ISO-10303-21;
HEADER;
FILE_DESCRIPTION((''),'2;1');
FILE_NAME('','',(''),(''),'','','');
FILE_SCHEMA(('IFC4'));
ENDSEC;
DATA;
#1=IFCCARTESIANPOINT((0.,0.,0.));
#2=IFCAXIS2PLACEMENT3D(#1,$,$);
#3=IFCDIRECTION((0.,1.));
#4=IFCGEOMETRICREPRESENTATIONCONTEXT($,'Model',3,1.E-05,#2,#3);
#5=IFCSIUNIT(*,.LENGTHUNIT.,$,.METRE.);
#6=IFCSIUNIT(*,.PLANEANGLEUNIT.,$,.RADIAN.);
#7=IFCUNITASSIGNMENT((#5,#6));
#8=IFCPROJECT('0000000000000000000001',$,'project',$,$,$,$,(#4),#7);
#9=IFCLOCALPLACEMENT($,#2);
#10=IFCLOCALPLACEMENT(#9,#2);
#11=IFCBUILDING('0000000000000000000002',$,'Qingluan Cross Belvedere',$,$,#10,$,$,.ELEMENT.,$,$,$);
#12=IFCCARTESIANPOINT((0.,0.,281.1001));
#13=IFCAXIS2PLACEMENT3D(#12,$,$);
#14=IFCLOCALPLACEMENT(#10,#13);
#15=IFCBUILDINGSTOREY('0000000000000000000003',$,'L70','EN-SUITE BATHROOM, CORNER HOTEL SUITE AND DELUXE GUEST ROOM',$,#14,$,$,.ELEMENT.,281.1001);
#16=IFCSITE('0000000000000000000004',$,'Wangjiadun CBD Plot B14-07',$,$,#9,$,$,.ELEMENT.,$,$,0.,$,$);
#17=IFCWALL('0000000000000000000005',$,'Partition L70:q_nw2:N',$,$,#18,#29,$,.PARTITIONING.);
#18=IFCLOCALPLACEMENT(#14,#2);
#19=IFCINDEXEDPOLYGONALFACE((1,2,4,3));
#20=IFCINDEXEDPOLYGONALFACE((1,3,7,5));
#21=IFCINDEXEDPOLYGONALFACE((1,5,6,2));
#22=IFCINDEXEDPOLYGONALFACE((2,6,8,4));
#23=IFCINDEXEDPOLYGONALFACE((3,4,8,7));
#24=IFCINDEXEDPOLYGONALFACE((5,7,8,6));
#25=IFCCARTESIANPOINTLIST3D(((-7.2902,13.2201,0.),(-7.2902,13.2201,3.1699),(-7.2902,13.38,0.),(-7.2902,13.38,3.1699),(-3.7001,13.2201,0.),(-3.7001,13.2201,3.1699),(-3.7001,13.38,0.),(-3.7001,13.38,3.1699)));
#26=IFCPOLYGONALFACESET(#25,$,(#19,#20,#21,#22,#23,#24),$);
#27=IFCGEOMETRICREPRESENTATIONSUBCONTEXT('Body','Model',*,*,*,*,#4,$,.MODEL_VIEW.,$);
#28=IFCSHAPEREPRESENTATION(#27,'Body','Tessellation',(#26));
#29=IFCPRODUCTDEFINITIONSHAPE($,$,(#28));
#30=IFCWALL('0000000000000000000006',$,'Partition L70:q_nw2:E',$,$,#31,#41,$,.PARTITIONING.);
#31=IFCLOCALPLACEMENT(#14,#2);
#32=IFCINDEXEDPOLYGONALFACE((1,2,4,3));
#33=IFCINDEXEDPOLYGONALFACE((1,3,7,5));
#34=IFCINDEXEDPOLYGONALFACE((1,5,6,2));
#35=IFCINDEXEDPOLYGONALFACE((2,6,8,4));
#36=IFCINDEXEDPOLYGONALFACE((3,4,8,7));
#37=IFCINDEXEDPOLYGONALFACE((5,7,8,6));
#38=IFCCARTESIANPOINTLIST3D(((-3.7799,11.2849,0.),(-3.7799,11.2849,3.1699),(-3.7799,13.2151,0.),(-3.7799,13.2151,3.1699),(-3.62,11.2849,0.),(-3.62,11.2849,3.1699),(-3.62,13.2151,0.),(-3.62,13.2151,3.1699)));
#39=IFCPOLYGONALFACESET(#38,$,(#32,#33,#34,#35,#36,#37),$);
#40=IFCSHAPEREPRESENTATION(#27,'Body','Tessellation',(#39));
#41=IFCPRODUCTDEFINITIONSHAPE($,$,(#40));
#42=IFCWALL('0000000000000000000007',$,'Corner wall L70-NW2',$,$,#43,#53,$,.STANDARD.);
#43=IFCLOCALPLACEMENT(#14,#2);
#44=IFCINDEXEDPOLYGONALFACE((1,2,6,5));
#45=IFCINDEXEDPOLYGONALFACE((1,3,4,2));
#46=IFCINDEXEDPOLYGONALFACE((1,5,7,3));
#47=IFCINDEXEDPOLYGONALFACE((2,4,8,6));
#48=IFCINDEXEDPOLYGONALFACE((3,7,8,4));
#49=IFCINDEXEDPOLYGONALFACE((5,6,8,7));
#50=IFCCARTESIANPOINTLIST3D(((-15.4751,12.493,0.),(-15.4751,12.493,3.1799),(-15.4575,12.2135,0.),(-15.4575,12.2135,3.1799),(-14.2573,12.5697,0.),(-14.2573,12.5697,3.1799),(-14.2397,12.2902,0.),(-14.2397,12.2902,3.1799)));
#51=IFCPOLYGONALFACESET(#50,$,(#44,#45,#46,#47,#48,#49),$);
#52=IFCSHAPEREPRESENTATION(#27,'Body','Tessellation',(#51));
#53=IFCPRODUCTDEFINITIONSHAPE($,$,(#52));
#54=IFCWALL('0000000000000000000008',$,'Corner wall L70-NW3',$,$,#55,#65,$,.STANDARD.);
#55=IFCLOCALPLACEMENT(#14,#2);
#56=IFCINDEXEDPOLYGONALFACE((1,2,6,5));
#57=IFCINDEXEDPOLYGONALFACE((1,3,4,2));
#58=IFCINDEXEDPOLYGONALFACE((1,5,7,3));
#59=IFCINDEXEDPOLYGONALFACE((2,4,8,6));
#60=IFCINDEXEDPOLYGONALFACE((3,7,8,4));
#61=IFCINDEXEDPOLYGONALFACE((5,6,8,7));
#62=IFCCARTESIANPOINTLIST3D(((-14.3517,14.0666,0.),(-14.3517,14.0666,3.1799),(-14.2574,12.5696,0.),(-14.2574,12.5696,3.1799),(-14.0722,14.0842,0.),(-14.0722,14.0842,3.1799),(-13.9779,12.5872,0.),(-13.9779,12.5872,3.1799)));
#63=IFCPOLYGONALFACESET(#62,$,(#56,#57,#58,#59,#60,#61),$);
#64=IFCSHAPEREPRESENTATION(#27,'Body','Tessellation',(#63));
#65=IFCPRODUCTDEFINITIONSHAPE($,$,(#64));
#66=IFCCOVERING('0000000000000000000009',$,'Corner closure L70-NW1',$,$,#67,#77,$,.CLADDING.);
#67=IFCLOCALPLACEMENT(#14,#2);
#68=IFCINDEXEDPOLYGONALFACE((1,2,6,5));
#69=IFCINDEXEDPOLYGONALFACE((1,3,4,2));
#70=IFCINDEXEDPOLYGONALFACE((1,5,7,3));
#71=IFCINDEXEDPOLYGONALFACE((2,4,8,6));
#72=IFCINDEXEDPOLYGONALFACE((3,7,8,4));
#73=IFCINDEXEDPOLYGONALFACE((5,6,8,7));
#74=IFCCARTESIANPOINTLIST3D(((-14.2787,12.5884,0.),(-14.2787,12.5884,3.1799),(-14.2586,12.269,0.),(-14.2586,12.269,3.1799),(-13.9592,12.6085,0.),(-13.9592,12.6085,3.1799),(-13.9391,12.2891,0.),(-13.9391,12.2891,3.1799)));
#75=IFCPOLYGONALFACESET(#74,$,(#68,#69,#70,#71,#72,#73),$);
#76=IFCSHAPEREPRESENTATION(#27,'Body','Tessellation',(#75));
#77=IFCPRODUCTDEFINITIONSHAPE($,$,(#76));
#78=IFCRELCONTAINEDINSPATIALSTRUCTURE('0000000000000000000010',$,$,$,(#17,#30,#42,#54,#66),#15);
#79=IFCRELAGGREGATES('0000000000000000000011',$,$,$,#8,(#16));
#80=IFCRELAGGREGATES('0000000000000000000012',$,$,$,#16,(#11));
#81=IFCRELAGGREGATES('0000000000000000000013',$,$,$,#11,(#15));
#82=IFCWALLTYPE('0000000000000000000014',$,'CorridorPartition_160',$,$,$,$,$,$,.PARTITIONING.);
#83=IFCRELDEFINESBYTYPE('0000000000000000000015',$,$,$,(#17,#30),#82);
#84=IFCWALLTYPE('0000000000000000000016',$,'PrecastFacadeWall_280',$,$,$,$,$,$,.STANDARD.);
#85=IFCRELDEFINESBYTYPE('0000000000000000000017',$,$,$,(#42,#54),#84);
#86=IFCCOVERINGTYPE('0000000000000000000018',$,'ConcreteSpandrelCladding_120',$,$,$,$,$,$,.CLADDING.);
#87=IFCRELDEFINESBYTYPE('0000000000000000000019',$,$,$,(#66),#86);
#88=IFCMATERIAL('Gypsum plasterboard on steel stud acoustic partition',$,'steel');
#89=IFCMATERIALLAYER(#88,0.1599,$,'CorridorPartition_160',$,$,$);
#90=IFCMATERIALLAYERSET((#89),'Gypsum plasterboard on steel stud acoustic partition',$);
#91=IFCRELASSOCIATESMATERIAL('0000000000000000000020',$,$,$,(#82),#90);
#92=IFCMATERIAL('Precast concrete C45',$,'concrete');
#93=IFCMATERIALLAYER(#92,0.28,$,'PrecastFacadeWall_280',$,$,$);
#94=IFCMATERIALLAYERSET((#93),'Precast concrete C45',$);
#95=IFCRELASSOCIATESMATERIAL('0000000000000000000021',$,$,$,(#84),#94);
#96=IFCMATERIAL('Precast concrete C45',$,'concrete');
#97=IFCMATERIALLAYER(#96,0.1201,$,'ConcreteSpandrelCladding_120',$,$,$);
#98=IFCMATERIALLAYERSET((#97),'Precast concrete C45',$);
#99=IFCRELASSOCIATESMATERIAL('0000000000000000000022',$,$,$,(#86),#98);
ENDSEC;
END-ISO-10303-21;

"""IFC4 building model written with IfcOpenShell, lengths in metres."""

from ifc_helpers import new_model, si_unit, direction, frame, frame_2d, origin, origin_2d, place, context, subcontext, project, spatial, rectangle, extrude, material, layer, layer_set, type_object, element, save


model = new_model("IFC4")

# Units and contexts
model_context = context("Model", 3, precision=1e-05, world=origin(), true_north=direction((0.0, 1.0)))
body_context = subcontext(model_context, "Body", "Model", "MODEL_VIEW")
ifc_project = project(units=[si_unit("LENGTHUNIT", "METRE"), si_unit("PLANEANGLEUNIT", "RADIAN")], contexts=[model_context])

# Site, building, storey
site_placement = place(None, origin())
site = spatial("IfcSite", under=ifc_project, at=site_placement, Name="Wangjiadun CBD Plot B14-07", CompositionType="ELEMENT", RefElevation=0.0)
building_placement = place(site_placement, origin())
building = spatial("IfcBuilding", under=site, at=building_placement, Name="Qingluan Cross Belvedere", CompositionType="ELEMENT")
storey_placement = place(building_placement, frame((0.0, 0.0, 281.1001)))
storey = spatial("IfcBuildingStorey", under=building, at=storey_placement, Name="L70", Description="EN-SUITE BATHROOM, CORNER HOTEL SUITE AND DELUXE GUEST ROOM", CompositionType="ELEMENT", Elevation=281.1001)

# Shared definitions
ifc_material_1 = material(Name="Gypsum plasterboard on steel stud acoustic partition", Category="steel")
ifc_layer_1 = layer(ifc_material_1, 0.1599, Name="CorridorPartition_160")
ifc_layer_set_1 = layer_set([ifc_layer_1], Name="Gypsum plasterboard on steel stud acoustic partition")
wall_type_1 = type_object("IfcWallType", Name="CorridorPartition_160", PredefinedType="PARTITIONING", material=ifc_layer_set_1)

# Walls
wall_1_placement = place(storey_placement, frame((-7.29, 13.3, 0.0), z_axis=(0.0, 0.0, 1.0), x_axis=(1.0, 0.0, 0.0)))
element("IfcWall", 1, at=wall_1_placement, inside=storey, type_object=wall_type_1, Name="Partition L70:q_nw2:N", PredefinedType="PARTITIONING", context=body_context, shape_type="SweptSolid", body=[
    extrude(rectangle(XDim=3.5901, YDim=0.1599, at=frame_2d((1.7949, 0.0))), origin(), (0.0, 0.0, 1.0), 3.1699),
])
wall_2_placement = place(storey_placement, frame((-3.7, 11.2849, 0.0), z_axis=(0.0, 0.0, 1.0), x_axis=(0.0, 1.0, 0.0)))
element("IfcWall", 2, at=wall_2_placement, inside=storey, type_object=wall_type_1, Name="Partition L70:q_nw2:E", PredefinedType="PARTITIONING", context=body_context, shape_type="SweptSolid", body=[
    extrude(rectangle(XDim=1.9302, YDim=0.1599, at=frame_2d((0.9651, 0.0))), origin(), (0.0, 0.0, 1.0), 3.1699),
])
ifc_material_2 = material(Name="Precast concrete C45", Category="concrete")
ifc_layer_2 = layer(ifc_material_2, 0.28, Name="PrecastFacadeWall_280")
ifc_layer_set_2 = layer_set([ifc_layer_2], Name="Precast concrete C45")
wall_type_2 = type_object("IfcWallType", Name="PrecastFacadeWall_280", PredefinedType="STANDARD", material=ifc_layer_set_2)
wall_3_placement = place(storey_placement, frame((-15.4663, 12.3533, 0.0), z_axis=(0.0, 0.0, 1.0), x_axis=(0.998024, 0.062827, 0.0)))
element("IfcWall", 3, at=wall_3_placement, inside=storey, type_object=wall_type_2, Name="Corner wall L70-NW2", PredefinedType="STANDARD", context=body_context, shape_type="SweptSolid", body=[
    extrude(rectangle(XDim=1.2202, YDim=0.28, at=frame_2d((0.6101, 0.0))), origin(), (0.0, 0.0, 1.0), 3.1799),
])
wall_4_placement = place(storey_placement, frame((-14.1177, 12.5784, 0.0), z_axis=(0.0, 0.0, 1.0), x_axis=(-0.062824, 0.998025, 0.0)))
element("IfcWall", 4, at=wall_4_placement, inside=storey, type_object=wall_type_2, Name="Corner wall L70-NW3", PredefinedType="STANDARD", context=body_context, shape_type="SweptSolid", body=[
    extrude(rectangle(XDim=1.5, YDim=0.28, at=frame_2d((0.75, 0.0))), origin(), (0.0, 0.0, 1.0), 3.1799),
])

# Covering
ifc_material_3 = material(Name="Precast concrete C45", Category="concrete")
ifc_layer_3 = layer(ifc_material_3, 0.1201, Name="ConcreteSpandrelCladding_120")
ifc_layer_set_3 = layer_set([ifc_layer_3], Name="Precast concrete C45")
covering_type = type_object("IfcCoveringType", Name="ConcreteSpandrelCladding_120", PredefinedType="CLADDING", material=ifc_layer_set_3)
covering_placement = place(storey_placement, frame((-14.1089, 12.4387, 0.0), z_axis=(0.0, 0.0, 1.0), x_axis=(0.998027, 0.062791, 0.0)))
element("IfcCovering", 5, at=covering_placement, inside=storey, type_object=covering_type, Name="Corner closure L70-NW1", PredefinedType="CLADDING", context=body_context, shape_type="SweptSolid", body=[
    extrude(rectangle(XDim=0.3201, YDim=0.3201, at=origin_2d()), origin(), (0.0, 0.0, 1.0), 3.1799),
])

save(model, "model.ifc")
